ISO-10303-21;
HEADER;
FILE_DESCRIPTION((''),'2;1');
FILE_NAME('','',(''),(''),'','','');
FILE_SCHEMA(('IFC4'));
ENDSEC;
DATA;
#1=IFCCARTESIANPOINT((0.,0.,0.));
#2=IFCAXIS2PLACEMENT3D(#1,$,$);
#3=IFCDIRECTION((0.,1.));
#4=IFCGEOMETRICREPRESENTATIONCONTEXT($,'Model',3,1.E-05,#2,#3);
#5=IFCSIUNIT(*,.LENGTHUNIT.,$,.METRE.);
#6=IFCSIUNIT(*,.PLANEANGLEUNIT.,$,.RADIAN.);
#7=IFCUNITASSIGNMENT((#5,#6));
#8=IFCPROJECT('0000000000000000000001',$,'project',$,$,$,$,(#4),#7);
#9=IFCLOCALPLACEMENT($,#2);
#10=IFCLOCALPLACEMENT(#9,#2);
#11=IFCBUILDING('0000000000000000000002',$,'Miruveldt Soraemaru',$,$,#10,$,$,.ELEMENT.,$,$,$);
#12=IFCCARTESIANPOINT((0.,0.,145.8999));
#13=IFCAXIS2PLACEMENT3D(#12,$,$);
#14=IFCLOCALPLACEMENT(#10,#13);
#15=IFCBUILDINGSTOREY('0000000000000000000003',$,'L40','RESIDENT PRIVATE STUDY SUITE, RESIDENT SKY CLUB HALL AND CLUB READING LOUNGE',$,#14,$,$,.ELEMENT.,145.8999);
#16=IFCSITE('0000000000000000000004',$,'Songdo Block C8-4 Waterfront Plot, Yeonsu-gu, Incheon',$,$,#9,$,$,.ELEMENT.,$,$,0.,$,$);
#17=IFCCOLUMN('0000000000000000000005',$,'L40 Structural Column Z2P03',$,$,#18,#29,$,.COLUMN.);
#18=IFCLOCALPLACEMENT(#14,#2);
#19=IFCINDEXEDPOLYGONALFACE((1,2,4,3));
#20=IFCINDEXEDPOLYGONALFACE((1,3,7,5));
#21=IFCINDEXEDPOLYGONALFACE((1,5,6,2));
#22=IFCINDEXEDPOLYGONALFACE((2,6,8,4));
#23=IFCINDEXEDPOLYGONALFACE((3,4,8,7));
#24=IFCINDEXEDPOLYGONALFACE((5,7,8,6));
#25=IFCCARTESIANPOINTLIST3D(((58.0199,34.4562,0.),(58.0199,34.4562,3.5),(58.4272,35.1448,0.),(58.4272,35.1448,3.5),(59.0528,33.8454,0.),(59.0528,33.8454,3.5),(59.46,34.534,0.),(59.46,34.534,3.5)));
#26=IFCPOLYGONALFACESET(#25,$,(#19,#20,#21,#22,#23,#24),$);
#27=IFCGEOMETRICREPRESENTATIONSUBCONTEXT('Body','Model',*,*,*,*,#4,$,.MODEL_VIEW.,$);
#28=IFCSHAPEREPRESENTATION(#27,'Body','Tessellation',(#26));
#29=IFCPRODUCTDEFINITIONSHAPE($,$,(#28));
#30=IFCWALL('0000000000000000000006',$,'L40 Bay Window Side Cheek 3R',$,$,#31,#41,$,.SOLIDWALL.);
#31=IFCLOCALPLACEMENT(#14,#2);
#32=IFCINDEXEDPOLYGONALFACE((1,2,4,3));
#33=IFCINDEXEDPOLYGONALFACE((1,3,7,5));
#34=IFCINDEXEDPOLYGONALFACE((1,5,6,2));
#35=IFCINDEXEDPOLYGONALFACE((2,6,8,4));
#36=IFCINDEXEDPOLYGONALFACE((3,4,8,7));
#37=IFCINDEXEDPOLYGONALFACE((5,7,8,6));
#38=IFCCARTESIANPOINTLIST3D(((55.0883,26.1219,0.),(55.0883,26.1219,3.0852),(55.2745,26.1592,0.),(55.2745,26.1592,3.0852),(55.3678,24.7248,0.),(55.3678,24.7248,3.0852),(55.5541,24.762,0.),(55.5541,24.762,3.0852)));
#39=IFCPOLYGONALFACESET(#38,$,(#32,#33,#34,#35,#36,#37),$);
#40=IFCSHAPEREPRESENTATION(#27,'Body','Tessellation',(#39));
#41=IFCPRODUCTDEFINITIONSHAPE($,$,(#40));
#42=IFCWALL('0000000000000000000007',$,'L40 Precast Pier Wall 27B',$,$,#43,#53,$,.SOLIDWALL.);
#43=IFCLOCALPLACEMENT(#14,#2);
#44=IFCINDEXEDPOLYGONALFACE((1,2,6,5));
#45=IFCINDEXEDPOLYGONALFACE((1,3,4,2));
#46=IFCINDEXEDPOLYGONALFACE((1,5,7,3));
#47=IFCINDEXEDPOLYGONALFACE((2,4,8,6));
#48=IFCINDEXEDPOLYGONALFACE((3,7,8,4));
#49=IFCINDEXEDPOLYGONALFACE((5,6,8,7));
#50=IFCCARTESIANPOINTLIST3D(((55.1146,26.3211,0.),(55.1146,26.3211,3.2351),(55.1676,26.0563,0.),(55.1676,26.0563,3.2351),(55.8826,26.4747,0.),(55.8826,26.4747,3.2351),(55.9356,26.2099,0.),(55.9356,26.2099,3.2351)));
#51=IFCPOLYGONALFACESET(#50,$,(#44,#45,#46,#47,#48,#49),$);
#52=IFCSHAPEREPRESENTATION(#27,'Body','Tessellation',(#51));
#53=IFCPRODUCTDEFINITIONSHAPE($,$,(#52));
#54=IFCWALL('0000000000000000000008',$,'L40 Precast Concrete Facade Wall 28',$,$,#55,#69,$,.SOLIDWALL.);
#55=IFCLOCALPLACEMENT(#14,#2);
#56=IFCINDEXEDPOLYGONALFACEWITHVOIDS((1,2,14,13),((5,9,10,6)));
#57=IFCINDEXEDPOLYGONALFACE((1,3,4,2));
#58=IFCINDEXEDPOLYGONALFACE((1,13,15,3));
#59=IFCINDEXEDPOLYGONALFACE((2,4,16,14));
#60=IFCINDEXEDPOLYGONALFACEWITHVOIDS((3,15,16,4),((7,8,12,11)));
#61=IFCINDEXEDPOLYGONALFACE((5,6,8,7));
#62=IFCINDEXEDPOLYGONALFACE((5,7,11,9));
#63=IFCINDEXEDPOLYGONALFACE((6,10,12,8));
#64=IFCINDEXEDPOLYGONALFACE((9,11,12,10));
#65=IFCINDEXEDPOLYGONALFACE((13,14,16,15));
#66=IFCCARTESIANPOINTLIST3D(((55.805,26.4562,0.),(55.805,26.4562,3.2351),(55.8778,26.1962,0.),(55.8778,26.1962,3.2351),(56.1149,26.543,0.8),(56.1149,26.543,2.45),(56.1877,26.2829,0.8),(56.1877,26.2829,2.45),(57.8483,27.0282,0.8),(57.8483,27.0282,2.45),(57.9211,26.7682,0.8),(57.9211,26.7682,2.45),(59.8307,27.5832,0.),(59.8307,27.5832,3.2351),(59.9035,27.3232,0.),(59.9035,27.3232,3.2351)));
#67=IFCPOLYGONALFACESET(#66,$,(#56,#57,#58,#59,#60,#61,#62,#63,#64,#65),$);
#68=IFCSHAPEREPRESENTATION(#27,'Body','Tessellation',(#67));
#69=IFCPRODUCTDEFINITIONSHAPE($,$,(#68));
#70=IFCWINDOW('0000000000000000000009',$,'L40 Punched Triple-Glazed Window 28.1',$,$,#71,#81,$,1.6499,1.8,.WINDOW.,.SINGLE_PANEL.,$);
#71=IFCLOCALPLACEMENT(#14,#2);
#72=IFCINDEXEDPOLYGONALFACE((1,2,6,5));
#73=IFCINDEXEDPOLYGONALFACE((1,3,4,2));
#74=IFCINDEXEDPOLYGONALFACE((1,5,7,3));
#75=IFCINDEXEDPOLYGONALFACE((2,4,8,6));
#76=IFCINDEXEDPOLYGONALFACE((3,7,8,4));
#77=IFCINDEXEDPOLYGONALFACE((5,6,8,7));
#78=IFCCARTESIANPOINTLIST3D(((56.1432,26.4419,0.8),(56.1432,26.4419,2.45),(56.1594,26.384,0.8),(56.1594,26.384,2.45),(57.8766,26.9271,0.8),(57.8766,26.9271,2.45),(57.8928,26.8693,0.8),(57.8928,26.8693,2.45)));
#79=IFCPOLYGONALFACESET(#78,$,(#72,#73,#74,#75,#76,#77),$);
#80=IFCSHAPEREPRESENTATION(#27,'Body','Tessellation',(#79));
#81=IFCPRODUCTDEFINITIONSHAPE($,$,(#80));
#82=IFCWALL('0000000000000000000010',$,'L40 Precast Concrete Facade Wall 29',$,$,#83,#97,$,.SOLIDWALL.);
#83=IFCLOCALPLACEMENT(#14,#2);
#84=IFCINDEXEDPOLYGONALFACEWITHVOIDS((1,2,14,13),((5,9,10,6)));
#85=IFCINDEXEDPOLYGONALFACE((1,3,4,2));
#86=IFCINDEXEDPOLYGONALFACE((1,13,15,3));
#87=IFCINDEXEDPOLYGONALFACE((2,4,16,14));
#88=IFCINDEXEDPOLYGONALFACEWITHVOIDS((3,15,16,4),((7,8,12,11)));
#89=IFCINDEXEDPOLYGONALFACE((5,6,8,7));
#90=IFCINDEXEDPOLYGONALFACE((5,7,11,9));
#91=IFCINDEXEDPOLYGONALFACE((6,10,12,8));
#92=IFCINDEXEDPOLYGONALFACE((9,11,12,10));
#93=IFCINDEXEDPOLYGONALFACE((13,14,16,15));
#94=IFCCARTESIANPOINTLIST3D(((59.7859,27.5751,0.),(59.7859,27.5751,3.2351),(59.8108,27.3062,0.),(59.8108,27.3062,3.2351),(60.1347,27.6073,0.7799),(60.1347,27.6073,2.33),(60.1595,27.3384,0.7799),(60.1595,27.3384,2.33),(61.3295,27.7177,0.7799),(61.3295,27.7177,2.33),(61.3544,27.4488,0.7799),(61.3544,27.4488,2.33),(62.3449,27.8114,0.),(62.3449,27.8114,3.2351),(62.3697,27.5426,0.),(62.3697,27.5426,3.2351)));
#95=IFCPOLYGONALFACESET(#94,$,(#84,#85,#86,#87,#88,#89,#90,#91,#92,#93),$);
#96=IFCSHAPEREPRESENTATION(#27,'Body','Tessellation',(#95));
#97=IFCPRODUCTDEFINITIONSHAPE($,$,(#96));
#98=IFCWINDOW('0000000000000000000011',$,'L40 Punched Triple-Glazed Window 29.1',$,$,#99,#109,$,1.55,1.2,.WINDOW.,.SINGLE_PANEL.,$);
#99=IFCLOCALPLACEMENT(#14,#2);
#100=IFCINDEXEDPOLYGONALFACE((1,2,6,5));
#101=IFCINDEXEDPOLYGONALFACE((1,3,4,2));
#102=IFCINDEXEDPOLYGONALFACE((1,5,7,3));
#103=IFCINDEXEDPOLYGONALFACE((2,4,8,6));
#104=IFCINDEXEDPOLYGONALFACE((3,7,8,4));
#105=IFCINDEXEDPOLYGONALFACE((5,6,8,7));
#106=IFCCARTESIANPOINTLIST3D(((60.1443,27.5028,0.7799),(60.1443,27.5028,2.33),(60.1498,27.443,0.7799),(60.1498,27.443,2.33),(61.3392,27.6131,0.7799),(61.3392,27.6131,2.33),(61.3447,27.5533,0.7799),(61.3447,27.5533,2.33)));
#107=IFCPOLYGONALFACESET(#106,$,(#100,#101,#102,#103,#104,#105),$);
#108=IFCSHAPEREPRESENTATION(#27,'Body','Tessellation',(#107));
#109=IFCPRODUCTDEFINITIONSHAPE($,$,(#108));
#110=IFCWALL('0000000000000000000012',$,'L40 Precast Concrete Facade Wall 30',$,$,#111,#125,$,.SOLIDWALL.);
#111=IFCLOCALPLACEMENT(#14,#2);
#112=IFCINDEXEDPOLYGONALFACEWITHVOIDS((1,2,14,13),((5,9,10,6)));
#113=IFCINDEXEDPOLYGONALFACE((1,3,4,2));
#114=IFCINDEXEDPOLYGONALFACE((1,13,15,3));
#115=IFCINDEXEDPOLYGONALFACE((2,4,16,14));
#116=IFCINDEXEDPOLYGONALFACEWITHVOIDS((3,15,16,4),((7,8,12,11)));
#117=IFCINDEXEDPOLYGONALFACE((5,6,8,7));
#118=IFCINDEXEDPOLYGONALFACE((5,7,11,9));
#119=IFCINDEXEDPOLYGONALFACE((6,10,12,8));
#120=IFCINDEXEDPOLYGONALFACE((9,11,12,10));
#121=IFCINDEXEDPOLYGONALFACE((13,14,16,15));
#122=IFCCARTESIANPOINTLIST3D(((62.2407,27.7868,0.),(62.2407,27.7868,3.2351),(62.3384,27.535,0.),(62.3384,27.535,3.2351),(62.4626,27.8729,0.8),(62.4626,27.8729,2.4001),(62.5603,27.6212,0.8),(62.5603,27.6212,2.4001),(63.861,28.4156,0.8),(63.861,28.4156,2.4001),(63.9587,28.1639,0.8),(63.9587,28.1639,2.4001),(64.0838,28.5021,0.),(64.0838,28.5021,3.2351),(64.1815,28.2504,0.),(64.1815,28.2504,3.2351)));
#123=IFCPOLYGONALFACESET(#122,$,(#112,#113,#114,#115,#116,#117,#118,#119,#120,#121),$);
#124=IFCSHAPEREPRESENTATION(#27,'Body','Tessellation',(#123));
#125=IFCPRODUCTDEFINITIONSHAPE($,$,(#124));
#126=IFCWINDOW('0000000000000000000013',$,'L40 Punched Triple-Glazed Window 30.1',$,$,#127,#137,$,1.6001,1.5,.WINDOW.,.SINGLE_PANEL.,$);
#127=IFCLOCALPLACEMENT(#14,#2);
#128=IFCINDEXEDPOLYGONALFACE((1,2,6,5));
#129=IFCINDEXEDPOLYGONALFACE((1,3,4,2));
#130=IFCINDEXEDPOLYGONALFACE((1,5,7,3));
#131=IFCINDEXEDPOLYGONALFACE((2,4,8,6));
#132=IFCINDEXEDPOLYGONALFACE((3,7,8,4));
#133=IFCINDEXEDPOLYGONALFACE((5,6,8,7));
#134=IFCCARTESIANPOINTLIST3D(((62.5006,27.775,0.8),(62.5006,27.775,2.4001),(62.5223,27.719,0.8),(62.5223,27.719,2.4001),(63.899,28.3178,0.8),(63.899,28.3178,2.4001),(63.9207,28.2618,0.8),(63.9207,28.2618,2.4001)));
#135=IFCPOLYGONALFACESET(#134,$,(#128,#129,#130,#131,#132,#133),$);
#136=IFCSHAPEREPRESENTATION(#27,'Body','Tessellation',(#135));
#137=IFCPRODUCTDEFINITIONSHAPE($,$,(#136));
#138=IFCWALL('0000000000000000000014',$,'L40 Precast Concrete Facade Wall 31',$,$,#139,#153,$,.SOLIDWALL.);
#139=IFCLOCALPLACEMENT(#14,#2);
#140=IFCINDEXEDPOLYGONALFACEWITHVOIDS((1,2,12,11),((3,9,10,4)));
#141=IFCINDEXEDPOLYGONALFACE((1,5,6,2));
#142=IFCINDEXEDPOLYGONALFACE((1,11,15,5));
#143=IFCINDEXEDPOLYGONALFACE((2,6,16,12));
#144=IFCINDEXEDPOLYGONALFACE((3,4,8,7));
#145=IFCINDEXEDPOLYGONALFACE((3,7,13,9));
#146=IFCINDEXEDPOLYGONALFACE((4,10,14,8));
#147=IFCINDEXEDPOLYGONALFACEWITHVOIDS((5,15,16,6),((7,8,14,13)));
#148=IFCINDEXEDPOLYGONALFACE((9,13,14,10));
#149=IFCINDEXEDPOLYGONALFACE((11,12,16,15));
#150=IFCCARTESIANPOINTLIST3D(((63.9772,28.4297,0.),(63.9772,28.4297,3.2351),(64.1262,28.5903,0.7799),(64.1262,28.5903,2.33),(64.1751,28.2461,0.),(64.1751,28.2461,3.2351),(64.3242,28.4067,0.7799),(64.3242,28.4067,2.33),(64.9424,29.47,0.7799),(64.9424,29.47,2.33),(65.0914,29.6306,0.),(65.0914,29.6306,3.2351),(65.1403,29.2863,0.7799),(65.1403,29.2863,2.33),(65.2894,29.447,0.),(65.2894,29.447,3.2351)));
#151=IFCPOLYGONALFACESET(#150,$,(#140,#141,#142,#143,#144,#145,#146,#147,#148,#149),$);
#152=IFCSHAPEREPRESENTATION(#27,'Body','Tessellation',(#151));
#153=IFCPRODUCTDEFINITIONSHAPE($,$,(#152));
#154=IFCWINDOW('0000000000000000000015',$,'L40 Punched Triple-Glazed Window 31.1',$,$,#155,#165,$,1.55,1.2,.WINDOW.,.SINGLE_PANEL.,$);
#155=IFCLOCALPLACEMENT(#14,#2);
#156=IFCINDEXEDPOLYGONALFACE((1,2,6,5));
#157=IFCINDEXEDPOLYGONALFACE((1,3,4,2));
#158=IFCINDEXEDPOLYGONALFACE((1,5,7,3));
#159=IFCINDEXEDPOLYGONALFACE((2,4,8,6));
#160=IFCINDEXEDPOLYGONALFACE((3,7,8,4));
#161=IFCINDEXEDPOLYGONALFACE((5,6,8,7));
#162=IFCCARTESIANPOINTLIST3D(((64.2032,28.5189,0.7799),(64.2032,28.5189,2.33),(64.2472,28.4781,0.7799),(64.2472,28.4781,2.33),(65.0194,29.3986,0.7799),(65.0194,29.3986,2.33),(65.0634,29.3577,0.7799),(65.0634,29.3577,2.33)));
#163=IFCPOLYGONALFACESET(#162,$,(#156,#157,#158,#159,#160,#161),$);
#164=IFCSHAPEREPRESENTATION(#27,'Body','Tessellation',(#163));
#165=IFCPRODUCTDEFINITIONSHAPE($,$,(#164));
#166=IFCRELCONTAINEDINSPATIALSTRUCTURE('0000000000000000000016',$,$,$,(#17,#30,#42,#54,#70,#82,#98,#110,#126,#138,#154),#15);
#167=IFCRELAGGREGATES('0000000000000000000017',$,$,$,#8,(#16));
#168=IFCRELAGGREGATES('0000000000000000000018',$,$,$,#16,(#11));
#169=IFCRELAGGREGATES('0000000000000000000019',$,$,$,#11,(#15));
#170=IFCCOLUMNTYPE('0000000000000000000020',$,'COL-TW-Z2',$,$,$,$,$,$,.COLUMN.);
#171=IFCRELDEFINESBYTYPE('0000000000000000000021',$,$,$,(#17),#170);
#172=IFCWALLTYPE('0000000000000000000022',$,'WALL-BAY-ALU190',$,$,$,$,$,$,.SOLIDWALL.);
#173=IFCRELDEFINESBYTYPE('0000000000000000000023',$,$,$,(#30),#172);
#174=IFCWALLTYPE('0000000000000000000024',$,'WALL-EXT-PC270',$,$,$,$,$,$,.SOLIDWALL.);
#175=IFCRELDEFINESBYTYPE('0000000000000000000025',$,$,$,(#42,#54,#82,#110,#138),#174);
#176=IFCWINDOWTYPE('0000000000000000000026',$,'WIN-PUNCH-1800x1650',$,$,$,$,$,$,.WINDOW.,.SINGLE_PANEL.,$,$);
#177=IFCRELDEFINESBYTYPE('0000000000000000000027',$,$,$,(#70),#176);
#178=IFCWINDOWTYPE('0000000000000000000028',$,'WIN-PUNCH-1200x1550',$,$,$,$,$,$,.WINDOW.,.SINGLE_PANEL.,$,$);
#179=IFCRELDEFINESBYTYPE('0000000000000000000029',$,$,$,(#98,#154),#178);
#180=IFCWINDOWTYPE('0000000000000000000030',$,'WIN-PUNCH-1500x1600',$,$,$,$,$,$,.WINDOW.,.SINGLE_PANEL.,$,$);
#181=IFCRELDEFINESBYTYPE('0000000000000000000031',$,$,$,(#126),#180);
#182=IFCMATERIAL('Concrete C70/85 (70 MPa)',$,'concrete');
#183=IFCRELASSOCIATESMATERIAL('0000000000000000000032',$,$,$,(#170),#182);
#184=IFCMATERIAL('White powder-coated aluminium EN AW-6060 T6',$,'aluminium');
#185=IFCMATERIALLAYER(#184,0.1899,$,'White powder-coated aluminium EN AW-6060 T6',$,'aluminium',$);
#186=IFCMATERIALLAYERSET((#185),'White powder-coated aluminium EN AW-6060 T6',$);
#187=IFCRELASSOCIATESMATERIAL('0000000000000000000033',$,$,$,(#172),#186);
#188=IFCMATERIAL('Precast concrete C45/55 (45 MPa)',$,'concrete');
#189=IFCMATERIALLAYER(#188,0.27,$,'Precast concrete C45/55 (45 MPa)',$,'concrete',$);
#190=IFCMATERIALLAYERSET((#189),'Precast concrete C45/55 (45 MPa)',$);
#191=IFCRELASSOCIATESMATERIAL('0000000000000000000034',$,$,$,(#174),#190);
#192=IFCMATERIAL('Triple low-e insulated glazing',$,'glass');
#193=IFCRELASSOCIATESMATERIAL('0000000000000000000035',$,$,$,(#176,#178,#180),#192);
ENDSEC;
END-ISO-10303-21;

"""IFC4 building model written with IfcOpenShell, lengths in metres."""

from ifc_helpers import new_model, si_unit, direction, frame, frame_2d, origin, origin_2d, place, context, subcontext, project, spatial, rectangle, extrude, material, layer, layer_set, material_profile, profile_set, type_object, element, fill, save


model = new_model("IFC4")

# Units and contexts
model_context = context("Model", 3, precision=1e-05, world=origin(), true_north=direction((0.0, 1.0)))
body_context = subcontext(model_context, "Body", "Model", "MODEL_VIEW")
ifc_project = project(units=[si_unit("LENGTHUNIT", "METRE"), si_unit("PLANEANGLEUNIT", "RADIAN")], contexts=[model_context])

# Site, building, storey
site_placement = place(None, origin())
site = spatial("IfcSite", under=ifc_project, at=site_placement, Name="Songdo Block C8-4 Waterfront Plot, Yeonsu-gu, Incheon", CompositionType="ELEMENT", RefElevation=0.0)
building_placement = place(site_placement, origin())
building = spatial("IfcBuilding", under=site, at=building_placement, Name="Miruveldt Soraemaru", CompositionType="ELEMENT")
storey_placement = place(building_placement, frame((0.0, 0.0, 145.8999)))
storey = spatial("IfcBuildingStorey", under=building, at=storey_placement, Name="L40", Description="RESIDENT PRIVATE STUDY SUITE, RESIDENT SKY CLUB HALL AND CLUB READING LOUNGE", CompositionType="ELEMENT", Elevation=145.8999)

# Column
ifc_material_1 = material(Name="Concrete C70/85 (70 MPa)", Category="concrete")
ifc_material_profile = material_profile(ifc_material_1, rectangle(XDim=1.2, YDim=0.8, at=origin_2d()), Name="Concrete C70/85 (70 MPa)", Category="concrete")
ifc_profile_set = profile_set([ifc_material_profile], Name="Concrete C70/85 (70 MPa)")
column_type = type_object("IfcColumnType", Name="COL-TW-Z2", PredefinedType="COLUMN", material=ifc_profile_set)
column_placement = place(storey_placement, frame((58.74, 34.4951, 0.0), z_axis=(0.0, 0.0, 1.0), x_axis=(-0.860742, 0.509041, 0.0)))
element("IfcColumn", 1, at=column_placement, inside=storey, type_object=column_type, Name="L40 Structural Column Z2P03", PredefinedType="COLUMN", context=body_context, shape_type="SweptSolid", body=[
    extrude(rectangle(XDim=1.2, YDim=0.8, at=origin_2d()), origin(), (0.0, 0.0, 1.0), 3.5),
])

# Walls
ifc_material_2 = material(Name="White powder-coated aluminium EN AW-6060 T6", Category="aluminium")
ifc_layer_1 = layer(ifc_material_2, 0.1899, Name="White powder-coated aluminium EN AW-6060 T6", Category="aluminium")
ifc_layer_set_1 = layer_set([ifc_layer_1], Name="White powder-coated aluminium EN AW-6060 T6")
wall_type_1 = type_object("IfcWallType", Name="WALL-BAY-ALU190", PredefinedType="SOLIDWALL", material=ifc_layer_set_1)
wall_1_placement = place(storey_placement, frame((55.4609, 24.7434, 0.0), z_axis=(0.0, 0.0, 1.0), x_axis=(-0.196182, 0.980567, 0.0)))
element("IfcWall", 2, at=wall_1_placement, inside=storey, type_object=wall_type_1, Name="L40 Bay Window Side Cheek 3R", PredefinedType="SOLIDWALL", context=body_context, shape_type="SweptSolid", body=[
    extrude(rectangle(XDim=1.4248, YDim=0.1899, at=frame_2d((0.7124, 0.0))), origin(), (0.0, 0.0, 1.0), 3.0852),
])
ifc_material_3 = material(Name="Precast concrete C45/55 (45 MPa)", Category="concrete")
ifc_layer_2 = layer(ifc_material_3, 0.27, Name="Precast concrete C45/55 (45 MPa)", Category="concrete")
ifc_layer_set_2 = layer_set([ifc_layer_2], Name="Precast concrete C45/55 (45 MPa)")
wall_type_2 = type_object("IfcWallType", Name="WALL-EXT-PC270", PredefinedType="SOLIDWALL", material=ifc_layer_set_2)
wall_2_placement = place(storey_placement, frame((55.1411, 26.1887, 0.0), z_axis=(0.0, 0.0, 1.0), x_axis=(0.980593, 0.196056, 0.0)))
element("IfcWall", 3, at=wall_2_placement, inside=storey, type_object=wall_type_2, Name="L40 Precast Pier Wall 27B", PredefinedType="SOLIDWALL", context=body_context, shape_type="SweptSolid", body=[
    extrude(rectangle(XDim=0.7832, YDim=0.27, at=frame_2d((0.3916, 0.0))), origin(), (0.0, 0.0, 1.0), 3.2351),
])

# Walls, openings, windows
wall_3_placement = place(storey_placement, frame((55.8413, 26.3262, 0.0), z_axis=(0.0, 0.0, 1.0), x_axis=(0.962978, 0.26958, 0.0)))
wall_3 = element("IfcWall", 4, at=wall_3_placement, inside=storey, type_object=wall_type_2, Name="L40 Precast Concrete Facade Wall 28", PredefinedType="SOLIDWALL", context=body_context, shape_type="SweptSolid", body=[
    extrude(rectangle(XDim=4.1804, YDim=0.27, at=frame_2d((2.0903, 0.0))), origin(), (0.0, 0.0, 1.0), 3.2351),
])
opening_1_placement = place(wall_3_placement, frame((0.322, 0.0, 0.8)))
opening_1 = element("IfcOpeningElement", 5, at=opening_1_placement, cuts=wall_3, PredefinedType="OPENING", context=body_context, shape_type="SweptSolid", body=[
    extrude(rectangle(XDim=1.8, YDim=1.6499, at=frame_2d((0.8999, 0.825))), frame((0.0, 0.145, 0.0), z_axis=(0.0, -1.0, 0.0), x_axis=(1.0, 0.0, 0.0)), (0.0, 0.0, 1.0), 0.29),
])
ifc_material_4 = material(Name="Triple low-e insulated glazing", Category="glass")
window_type_1 = type_object("IfcWindowType", Name="WIN-PUNCH-1800x1650", PartitioningType="SINGLE_PANEL", PredefinedType="WINDOW", material=ifc_material_4)
window_1_placement = place(opening_1_placement, origin())
window_1 = element("IfcWindow", 6, at=window_1_placement, inside=storey, type_object=window_type_1, Name="L40 Punched Triple-Glazed Window 28.1", OverallHeight=1.6499, OverallWidth=1.8, PartitioningType="SINGLE_PANEL", PredefinedType="WINDOW", context=body_context, shape_type="SweptSolid", body=[
    extrude(rectangle(XDim=1.8, YDim=1.6499, at=frame_2d((0.8999, 0.825))), frame((0.0, 0.03, 0.0), z_axis=(0.0, -1.0, 0.0), x_axis=(1.0, 0.0, 0.0)), (0.0, 0.0, 1.0), 0.0601),
])
fill(opening_1, window_1)
wall_4_placement = place(storey_placement, frame((59.7983, 27.4407, 0.0), z_axis=(0.0, 0.0, 1.0), x_axis=(0.995762, 0.091966, 0.0)))
wall_4 = element("IfcWall", 7, at=wall_4_placement, inside=storey, type_object=wall_type_2, Name="L40 Precast Concrete Facade Wall 29", PredefinedType="SOLIDWALL", context=body_context, shape_type="SweptSolid", body=[
    extrude(rectangle(XDim=2.5698, YDim=0.27, at=frame_2d((1.2849, 0.0))), origin(), (0.0, 0.0, 1.0), 3.2351),
])
opening_2_placement = place(wall_4_placement, frame((0.3501, 0.0, 0.78)))
opening_2 = element("IfcOpeningElement", 8, at=opening_2_placement, cuts=wall_4, PredefinedType="OPENING", context=body_context, shape_type="SweptSolid", body=[
    extrude(rectangle(XDim=1.2, YDim=1.55, at=frame_2d((0.6001, 0.7749))), frame((0.0, 0.145, 0.0), z_axis=(0.0, -1.0, 0.0), x_axis=(1.0, 0.0, 0.0)), (0.0, 0.0, 1.0), 0.29),
])
window_type_2 = type_object("IfcWindowType", Name="WIN-PUNCH-1200x1550", PartitioningType="SINGLE_PANEL", PredefinedType="WINDOW", material=ifc_material_4)
window_2_placement = place(opening_2_placement, origin())
window_2 = element("IfcWindow", 9, at=window_2_placement, inside=storey, type_object=window_type_2, Name="L40 Punched Triple-Glazed Window 29.1", OverallHeight=1.55, OverallWidth=1.2, PartitioningType="SINGLE_PANEL", PredefinedType="WINDOW", context=body_context, shape_type="SweptSolid", body=[
    extrude(rectangle(XDim=1.2, YDim=1.55, at=frame_2d((0.6001, 0.7749))), frame((0.0, 0.03, 0.0), z_axis=(0.0, -1.0, 0.0), x_axis=(1.0, 0.0, 0.0)), (0.0, 0.0, 1.0), 0.0601),
])
fill(opening_2, window_2)
wall_5_placement = place(storey_placement, frame((62.2896, 27.6609, 0.0), z_axis=(0.0, 0.0, 1.0), x_axis=(0.932243, 0.361832, 0.0)))
wall_5 = element("IfcWall", 10, at=wall_5_placement, inside=storey, type_object=wall_type_2, Name="L40 Precast Concrete Facade Wall 30", PredefinedType="SOLIDWALL", context=body_context, shape_type="SweptSolid", body=[
    extrude(rectangle(XDim=1.9771, YDim=0.27, at=frame_2d((0.9885, 0.0))), origin(), (0.0, 0.0, 1.0), 3.2351),
])
opening_3_placement = place(wall_5_placement, frame((0.238, 0.0, 0.8)))
opening_3 = element("IfcOpeningElement", 11, at=opening_3_placement, cuts=wall_5, PredefinedType="OPENING", context=body_context, shape_type="SweptSolid", body=[
    extrude(rectangle(XDim=1.5, YDim=1.6001, at=frame_2d((0.75, 0.8))), frame((0.0, 0.145, 0.0), z_axis=(0.0, -1.0, 0.0), x_axis=(1.0, 0.0, 0.0)), (0.0, 0.0, 1.0), 0.29),
])
window_type_3 = type_object("IfcWindowType", Name="WIN-PUNCH-1500x1600", PartitioningType="SINGLE_PANEL", PredefinedType="WINDOW", material=ifc_material_4)
window_3_placement = place(opening_3_placement, origin())
window_3 = element("IfcWindow", 12, at=window_3_placement, inside=storey, type_object=window_type_3, Name="L40 Punched Triple-Glazed Window 30.1", OverallHeight=1.6001, OverallWidth=1.5, PartitioningType="SINGLE_PANEL", PredefinedType="WINDOW", context=body_context, shape_type="SweptSolid", body=[
    extrude(rectangle(XDim=1.5, YDim=1.6001, at=frame_2d((0.75, 0.8))), frame((0.0, 0.03, 0.0), z_axis=(0.0, -1.0, 0.0), x_axis=(1.0, 0.0, 0.0)), (0.0, 0.0, 1.0), 0.0601),
])
fill(opening_3, window_3)
wall_6_placement = place(storey_placement, frame((64.0762, 28.3379, 0.0), z_axis=(0.0, 0.0, 1.0), x_axis=(0.68016, 0.733064, 0.0)))
wall_6 = element("IfcWall", 13, at=wall_6_placement, inside=storey, type_object=wall_type_2, Name="L40 Precast Concrete Facade Wall 31", PredefinedType="SOLIDWALL", context=body_context, shape_type="SweptSolid", body=[
    extrude(rectangle(XDim=1.6382, YDim=0.27, at=frame_2d((0.8191, 0.0))), origin(), (0.0, 0.0, 1.0), 3.2351),
])
opening_4_placement = place(wall_6_placement, frame((0.219, 0.0, 0.78)))
opening_4 = element("IfcOpeningElement", 14, at=opening_4_placement, cuts=wall_6, PredefinedType="OPENING", context=body_context, shape_type="SweptSolid", body=[
    extrude(rectangle(XDim=1.2, YDim=1.55, at=frame_2d((0.6001, 0.7749))), frame((0.0, 0.145, 0.0), z_axis=(0.0, -1.0, 0.0), x_axis=(1.0, 0.0, 0.0)), (0.0, 0.0, 1.0), 0.29),
])
window_4_placement = place(opening_4_placement, origin())
window_4 = element("IfcWindow", 15, at=window_4_placement, inside=storey, type_object=window_type_2, Name="L40 Punched Triple-Glazed Window 31.1", OverallHeight=1.55, OverallWidth=1.2, PartitioningType="SINGLE_PANEL", PredefinedType="WINDOW", context=body_context, shape_type="SweptSolid", body=[
    extrude(rectangle(XDim=1.2, YDim=1.55, at=frame_2d((0.6001, 0.7749))), frame((0.0, 0.03, 0.0), z_axis=(0.0, -1.0, 0.0), x_axis=(1.0, 0.0, 0.0)), (0.0, 0.0, 1.0), 0.0601),
])
fill(opening_4, window_4)

save(model, "model.ifc")
